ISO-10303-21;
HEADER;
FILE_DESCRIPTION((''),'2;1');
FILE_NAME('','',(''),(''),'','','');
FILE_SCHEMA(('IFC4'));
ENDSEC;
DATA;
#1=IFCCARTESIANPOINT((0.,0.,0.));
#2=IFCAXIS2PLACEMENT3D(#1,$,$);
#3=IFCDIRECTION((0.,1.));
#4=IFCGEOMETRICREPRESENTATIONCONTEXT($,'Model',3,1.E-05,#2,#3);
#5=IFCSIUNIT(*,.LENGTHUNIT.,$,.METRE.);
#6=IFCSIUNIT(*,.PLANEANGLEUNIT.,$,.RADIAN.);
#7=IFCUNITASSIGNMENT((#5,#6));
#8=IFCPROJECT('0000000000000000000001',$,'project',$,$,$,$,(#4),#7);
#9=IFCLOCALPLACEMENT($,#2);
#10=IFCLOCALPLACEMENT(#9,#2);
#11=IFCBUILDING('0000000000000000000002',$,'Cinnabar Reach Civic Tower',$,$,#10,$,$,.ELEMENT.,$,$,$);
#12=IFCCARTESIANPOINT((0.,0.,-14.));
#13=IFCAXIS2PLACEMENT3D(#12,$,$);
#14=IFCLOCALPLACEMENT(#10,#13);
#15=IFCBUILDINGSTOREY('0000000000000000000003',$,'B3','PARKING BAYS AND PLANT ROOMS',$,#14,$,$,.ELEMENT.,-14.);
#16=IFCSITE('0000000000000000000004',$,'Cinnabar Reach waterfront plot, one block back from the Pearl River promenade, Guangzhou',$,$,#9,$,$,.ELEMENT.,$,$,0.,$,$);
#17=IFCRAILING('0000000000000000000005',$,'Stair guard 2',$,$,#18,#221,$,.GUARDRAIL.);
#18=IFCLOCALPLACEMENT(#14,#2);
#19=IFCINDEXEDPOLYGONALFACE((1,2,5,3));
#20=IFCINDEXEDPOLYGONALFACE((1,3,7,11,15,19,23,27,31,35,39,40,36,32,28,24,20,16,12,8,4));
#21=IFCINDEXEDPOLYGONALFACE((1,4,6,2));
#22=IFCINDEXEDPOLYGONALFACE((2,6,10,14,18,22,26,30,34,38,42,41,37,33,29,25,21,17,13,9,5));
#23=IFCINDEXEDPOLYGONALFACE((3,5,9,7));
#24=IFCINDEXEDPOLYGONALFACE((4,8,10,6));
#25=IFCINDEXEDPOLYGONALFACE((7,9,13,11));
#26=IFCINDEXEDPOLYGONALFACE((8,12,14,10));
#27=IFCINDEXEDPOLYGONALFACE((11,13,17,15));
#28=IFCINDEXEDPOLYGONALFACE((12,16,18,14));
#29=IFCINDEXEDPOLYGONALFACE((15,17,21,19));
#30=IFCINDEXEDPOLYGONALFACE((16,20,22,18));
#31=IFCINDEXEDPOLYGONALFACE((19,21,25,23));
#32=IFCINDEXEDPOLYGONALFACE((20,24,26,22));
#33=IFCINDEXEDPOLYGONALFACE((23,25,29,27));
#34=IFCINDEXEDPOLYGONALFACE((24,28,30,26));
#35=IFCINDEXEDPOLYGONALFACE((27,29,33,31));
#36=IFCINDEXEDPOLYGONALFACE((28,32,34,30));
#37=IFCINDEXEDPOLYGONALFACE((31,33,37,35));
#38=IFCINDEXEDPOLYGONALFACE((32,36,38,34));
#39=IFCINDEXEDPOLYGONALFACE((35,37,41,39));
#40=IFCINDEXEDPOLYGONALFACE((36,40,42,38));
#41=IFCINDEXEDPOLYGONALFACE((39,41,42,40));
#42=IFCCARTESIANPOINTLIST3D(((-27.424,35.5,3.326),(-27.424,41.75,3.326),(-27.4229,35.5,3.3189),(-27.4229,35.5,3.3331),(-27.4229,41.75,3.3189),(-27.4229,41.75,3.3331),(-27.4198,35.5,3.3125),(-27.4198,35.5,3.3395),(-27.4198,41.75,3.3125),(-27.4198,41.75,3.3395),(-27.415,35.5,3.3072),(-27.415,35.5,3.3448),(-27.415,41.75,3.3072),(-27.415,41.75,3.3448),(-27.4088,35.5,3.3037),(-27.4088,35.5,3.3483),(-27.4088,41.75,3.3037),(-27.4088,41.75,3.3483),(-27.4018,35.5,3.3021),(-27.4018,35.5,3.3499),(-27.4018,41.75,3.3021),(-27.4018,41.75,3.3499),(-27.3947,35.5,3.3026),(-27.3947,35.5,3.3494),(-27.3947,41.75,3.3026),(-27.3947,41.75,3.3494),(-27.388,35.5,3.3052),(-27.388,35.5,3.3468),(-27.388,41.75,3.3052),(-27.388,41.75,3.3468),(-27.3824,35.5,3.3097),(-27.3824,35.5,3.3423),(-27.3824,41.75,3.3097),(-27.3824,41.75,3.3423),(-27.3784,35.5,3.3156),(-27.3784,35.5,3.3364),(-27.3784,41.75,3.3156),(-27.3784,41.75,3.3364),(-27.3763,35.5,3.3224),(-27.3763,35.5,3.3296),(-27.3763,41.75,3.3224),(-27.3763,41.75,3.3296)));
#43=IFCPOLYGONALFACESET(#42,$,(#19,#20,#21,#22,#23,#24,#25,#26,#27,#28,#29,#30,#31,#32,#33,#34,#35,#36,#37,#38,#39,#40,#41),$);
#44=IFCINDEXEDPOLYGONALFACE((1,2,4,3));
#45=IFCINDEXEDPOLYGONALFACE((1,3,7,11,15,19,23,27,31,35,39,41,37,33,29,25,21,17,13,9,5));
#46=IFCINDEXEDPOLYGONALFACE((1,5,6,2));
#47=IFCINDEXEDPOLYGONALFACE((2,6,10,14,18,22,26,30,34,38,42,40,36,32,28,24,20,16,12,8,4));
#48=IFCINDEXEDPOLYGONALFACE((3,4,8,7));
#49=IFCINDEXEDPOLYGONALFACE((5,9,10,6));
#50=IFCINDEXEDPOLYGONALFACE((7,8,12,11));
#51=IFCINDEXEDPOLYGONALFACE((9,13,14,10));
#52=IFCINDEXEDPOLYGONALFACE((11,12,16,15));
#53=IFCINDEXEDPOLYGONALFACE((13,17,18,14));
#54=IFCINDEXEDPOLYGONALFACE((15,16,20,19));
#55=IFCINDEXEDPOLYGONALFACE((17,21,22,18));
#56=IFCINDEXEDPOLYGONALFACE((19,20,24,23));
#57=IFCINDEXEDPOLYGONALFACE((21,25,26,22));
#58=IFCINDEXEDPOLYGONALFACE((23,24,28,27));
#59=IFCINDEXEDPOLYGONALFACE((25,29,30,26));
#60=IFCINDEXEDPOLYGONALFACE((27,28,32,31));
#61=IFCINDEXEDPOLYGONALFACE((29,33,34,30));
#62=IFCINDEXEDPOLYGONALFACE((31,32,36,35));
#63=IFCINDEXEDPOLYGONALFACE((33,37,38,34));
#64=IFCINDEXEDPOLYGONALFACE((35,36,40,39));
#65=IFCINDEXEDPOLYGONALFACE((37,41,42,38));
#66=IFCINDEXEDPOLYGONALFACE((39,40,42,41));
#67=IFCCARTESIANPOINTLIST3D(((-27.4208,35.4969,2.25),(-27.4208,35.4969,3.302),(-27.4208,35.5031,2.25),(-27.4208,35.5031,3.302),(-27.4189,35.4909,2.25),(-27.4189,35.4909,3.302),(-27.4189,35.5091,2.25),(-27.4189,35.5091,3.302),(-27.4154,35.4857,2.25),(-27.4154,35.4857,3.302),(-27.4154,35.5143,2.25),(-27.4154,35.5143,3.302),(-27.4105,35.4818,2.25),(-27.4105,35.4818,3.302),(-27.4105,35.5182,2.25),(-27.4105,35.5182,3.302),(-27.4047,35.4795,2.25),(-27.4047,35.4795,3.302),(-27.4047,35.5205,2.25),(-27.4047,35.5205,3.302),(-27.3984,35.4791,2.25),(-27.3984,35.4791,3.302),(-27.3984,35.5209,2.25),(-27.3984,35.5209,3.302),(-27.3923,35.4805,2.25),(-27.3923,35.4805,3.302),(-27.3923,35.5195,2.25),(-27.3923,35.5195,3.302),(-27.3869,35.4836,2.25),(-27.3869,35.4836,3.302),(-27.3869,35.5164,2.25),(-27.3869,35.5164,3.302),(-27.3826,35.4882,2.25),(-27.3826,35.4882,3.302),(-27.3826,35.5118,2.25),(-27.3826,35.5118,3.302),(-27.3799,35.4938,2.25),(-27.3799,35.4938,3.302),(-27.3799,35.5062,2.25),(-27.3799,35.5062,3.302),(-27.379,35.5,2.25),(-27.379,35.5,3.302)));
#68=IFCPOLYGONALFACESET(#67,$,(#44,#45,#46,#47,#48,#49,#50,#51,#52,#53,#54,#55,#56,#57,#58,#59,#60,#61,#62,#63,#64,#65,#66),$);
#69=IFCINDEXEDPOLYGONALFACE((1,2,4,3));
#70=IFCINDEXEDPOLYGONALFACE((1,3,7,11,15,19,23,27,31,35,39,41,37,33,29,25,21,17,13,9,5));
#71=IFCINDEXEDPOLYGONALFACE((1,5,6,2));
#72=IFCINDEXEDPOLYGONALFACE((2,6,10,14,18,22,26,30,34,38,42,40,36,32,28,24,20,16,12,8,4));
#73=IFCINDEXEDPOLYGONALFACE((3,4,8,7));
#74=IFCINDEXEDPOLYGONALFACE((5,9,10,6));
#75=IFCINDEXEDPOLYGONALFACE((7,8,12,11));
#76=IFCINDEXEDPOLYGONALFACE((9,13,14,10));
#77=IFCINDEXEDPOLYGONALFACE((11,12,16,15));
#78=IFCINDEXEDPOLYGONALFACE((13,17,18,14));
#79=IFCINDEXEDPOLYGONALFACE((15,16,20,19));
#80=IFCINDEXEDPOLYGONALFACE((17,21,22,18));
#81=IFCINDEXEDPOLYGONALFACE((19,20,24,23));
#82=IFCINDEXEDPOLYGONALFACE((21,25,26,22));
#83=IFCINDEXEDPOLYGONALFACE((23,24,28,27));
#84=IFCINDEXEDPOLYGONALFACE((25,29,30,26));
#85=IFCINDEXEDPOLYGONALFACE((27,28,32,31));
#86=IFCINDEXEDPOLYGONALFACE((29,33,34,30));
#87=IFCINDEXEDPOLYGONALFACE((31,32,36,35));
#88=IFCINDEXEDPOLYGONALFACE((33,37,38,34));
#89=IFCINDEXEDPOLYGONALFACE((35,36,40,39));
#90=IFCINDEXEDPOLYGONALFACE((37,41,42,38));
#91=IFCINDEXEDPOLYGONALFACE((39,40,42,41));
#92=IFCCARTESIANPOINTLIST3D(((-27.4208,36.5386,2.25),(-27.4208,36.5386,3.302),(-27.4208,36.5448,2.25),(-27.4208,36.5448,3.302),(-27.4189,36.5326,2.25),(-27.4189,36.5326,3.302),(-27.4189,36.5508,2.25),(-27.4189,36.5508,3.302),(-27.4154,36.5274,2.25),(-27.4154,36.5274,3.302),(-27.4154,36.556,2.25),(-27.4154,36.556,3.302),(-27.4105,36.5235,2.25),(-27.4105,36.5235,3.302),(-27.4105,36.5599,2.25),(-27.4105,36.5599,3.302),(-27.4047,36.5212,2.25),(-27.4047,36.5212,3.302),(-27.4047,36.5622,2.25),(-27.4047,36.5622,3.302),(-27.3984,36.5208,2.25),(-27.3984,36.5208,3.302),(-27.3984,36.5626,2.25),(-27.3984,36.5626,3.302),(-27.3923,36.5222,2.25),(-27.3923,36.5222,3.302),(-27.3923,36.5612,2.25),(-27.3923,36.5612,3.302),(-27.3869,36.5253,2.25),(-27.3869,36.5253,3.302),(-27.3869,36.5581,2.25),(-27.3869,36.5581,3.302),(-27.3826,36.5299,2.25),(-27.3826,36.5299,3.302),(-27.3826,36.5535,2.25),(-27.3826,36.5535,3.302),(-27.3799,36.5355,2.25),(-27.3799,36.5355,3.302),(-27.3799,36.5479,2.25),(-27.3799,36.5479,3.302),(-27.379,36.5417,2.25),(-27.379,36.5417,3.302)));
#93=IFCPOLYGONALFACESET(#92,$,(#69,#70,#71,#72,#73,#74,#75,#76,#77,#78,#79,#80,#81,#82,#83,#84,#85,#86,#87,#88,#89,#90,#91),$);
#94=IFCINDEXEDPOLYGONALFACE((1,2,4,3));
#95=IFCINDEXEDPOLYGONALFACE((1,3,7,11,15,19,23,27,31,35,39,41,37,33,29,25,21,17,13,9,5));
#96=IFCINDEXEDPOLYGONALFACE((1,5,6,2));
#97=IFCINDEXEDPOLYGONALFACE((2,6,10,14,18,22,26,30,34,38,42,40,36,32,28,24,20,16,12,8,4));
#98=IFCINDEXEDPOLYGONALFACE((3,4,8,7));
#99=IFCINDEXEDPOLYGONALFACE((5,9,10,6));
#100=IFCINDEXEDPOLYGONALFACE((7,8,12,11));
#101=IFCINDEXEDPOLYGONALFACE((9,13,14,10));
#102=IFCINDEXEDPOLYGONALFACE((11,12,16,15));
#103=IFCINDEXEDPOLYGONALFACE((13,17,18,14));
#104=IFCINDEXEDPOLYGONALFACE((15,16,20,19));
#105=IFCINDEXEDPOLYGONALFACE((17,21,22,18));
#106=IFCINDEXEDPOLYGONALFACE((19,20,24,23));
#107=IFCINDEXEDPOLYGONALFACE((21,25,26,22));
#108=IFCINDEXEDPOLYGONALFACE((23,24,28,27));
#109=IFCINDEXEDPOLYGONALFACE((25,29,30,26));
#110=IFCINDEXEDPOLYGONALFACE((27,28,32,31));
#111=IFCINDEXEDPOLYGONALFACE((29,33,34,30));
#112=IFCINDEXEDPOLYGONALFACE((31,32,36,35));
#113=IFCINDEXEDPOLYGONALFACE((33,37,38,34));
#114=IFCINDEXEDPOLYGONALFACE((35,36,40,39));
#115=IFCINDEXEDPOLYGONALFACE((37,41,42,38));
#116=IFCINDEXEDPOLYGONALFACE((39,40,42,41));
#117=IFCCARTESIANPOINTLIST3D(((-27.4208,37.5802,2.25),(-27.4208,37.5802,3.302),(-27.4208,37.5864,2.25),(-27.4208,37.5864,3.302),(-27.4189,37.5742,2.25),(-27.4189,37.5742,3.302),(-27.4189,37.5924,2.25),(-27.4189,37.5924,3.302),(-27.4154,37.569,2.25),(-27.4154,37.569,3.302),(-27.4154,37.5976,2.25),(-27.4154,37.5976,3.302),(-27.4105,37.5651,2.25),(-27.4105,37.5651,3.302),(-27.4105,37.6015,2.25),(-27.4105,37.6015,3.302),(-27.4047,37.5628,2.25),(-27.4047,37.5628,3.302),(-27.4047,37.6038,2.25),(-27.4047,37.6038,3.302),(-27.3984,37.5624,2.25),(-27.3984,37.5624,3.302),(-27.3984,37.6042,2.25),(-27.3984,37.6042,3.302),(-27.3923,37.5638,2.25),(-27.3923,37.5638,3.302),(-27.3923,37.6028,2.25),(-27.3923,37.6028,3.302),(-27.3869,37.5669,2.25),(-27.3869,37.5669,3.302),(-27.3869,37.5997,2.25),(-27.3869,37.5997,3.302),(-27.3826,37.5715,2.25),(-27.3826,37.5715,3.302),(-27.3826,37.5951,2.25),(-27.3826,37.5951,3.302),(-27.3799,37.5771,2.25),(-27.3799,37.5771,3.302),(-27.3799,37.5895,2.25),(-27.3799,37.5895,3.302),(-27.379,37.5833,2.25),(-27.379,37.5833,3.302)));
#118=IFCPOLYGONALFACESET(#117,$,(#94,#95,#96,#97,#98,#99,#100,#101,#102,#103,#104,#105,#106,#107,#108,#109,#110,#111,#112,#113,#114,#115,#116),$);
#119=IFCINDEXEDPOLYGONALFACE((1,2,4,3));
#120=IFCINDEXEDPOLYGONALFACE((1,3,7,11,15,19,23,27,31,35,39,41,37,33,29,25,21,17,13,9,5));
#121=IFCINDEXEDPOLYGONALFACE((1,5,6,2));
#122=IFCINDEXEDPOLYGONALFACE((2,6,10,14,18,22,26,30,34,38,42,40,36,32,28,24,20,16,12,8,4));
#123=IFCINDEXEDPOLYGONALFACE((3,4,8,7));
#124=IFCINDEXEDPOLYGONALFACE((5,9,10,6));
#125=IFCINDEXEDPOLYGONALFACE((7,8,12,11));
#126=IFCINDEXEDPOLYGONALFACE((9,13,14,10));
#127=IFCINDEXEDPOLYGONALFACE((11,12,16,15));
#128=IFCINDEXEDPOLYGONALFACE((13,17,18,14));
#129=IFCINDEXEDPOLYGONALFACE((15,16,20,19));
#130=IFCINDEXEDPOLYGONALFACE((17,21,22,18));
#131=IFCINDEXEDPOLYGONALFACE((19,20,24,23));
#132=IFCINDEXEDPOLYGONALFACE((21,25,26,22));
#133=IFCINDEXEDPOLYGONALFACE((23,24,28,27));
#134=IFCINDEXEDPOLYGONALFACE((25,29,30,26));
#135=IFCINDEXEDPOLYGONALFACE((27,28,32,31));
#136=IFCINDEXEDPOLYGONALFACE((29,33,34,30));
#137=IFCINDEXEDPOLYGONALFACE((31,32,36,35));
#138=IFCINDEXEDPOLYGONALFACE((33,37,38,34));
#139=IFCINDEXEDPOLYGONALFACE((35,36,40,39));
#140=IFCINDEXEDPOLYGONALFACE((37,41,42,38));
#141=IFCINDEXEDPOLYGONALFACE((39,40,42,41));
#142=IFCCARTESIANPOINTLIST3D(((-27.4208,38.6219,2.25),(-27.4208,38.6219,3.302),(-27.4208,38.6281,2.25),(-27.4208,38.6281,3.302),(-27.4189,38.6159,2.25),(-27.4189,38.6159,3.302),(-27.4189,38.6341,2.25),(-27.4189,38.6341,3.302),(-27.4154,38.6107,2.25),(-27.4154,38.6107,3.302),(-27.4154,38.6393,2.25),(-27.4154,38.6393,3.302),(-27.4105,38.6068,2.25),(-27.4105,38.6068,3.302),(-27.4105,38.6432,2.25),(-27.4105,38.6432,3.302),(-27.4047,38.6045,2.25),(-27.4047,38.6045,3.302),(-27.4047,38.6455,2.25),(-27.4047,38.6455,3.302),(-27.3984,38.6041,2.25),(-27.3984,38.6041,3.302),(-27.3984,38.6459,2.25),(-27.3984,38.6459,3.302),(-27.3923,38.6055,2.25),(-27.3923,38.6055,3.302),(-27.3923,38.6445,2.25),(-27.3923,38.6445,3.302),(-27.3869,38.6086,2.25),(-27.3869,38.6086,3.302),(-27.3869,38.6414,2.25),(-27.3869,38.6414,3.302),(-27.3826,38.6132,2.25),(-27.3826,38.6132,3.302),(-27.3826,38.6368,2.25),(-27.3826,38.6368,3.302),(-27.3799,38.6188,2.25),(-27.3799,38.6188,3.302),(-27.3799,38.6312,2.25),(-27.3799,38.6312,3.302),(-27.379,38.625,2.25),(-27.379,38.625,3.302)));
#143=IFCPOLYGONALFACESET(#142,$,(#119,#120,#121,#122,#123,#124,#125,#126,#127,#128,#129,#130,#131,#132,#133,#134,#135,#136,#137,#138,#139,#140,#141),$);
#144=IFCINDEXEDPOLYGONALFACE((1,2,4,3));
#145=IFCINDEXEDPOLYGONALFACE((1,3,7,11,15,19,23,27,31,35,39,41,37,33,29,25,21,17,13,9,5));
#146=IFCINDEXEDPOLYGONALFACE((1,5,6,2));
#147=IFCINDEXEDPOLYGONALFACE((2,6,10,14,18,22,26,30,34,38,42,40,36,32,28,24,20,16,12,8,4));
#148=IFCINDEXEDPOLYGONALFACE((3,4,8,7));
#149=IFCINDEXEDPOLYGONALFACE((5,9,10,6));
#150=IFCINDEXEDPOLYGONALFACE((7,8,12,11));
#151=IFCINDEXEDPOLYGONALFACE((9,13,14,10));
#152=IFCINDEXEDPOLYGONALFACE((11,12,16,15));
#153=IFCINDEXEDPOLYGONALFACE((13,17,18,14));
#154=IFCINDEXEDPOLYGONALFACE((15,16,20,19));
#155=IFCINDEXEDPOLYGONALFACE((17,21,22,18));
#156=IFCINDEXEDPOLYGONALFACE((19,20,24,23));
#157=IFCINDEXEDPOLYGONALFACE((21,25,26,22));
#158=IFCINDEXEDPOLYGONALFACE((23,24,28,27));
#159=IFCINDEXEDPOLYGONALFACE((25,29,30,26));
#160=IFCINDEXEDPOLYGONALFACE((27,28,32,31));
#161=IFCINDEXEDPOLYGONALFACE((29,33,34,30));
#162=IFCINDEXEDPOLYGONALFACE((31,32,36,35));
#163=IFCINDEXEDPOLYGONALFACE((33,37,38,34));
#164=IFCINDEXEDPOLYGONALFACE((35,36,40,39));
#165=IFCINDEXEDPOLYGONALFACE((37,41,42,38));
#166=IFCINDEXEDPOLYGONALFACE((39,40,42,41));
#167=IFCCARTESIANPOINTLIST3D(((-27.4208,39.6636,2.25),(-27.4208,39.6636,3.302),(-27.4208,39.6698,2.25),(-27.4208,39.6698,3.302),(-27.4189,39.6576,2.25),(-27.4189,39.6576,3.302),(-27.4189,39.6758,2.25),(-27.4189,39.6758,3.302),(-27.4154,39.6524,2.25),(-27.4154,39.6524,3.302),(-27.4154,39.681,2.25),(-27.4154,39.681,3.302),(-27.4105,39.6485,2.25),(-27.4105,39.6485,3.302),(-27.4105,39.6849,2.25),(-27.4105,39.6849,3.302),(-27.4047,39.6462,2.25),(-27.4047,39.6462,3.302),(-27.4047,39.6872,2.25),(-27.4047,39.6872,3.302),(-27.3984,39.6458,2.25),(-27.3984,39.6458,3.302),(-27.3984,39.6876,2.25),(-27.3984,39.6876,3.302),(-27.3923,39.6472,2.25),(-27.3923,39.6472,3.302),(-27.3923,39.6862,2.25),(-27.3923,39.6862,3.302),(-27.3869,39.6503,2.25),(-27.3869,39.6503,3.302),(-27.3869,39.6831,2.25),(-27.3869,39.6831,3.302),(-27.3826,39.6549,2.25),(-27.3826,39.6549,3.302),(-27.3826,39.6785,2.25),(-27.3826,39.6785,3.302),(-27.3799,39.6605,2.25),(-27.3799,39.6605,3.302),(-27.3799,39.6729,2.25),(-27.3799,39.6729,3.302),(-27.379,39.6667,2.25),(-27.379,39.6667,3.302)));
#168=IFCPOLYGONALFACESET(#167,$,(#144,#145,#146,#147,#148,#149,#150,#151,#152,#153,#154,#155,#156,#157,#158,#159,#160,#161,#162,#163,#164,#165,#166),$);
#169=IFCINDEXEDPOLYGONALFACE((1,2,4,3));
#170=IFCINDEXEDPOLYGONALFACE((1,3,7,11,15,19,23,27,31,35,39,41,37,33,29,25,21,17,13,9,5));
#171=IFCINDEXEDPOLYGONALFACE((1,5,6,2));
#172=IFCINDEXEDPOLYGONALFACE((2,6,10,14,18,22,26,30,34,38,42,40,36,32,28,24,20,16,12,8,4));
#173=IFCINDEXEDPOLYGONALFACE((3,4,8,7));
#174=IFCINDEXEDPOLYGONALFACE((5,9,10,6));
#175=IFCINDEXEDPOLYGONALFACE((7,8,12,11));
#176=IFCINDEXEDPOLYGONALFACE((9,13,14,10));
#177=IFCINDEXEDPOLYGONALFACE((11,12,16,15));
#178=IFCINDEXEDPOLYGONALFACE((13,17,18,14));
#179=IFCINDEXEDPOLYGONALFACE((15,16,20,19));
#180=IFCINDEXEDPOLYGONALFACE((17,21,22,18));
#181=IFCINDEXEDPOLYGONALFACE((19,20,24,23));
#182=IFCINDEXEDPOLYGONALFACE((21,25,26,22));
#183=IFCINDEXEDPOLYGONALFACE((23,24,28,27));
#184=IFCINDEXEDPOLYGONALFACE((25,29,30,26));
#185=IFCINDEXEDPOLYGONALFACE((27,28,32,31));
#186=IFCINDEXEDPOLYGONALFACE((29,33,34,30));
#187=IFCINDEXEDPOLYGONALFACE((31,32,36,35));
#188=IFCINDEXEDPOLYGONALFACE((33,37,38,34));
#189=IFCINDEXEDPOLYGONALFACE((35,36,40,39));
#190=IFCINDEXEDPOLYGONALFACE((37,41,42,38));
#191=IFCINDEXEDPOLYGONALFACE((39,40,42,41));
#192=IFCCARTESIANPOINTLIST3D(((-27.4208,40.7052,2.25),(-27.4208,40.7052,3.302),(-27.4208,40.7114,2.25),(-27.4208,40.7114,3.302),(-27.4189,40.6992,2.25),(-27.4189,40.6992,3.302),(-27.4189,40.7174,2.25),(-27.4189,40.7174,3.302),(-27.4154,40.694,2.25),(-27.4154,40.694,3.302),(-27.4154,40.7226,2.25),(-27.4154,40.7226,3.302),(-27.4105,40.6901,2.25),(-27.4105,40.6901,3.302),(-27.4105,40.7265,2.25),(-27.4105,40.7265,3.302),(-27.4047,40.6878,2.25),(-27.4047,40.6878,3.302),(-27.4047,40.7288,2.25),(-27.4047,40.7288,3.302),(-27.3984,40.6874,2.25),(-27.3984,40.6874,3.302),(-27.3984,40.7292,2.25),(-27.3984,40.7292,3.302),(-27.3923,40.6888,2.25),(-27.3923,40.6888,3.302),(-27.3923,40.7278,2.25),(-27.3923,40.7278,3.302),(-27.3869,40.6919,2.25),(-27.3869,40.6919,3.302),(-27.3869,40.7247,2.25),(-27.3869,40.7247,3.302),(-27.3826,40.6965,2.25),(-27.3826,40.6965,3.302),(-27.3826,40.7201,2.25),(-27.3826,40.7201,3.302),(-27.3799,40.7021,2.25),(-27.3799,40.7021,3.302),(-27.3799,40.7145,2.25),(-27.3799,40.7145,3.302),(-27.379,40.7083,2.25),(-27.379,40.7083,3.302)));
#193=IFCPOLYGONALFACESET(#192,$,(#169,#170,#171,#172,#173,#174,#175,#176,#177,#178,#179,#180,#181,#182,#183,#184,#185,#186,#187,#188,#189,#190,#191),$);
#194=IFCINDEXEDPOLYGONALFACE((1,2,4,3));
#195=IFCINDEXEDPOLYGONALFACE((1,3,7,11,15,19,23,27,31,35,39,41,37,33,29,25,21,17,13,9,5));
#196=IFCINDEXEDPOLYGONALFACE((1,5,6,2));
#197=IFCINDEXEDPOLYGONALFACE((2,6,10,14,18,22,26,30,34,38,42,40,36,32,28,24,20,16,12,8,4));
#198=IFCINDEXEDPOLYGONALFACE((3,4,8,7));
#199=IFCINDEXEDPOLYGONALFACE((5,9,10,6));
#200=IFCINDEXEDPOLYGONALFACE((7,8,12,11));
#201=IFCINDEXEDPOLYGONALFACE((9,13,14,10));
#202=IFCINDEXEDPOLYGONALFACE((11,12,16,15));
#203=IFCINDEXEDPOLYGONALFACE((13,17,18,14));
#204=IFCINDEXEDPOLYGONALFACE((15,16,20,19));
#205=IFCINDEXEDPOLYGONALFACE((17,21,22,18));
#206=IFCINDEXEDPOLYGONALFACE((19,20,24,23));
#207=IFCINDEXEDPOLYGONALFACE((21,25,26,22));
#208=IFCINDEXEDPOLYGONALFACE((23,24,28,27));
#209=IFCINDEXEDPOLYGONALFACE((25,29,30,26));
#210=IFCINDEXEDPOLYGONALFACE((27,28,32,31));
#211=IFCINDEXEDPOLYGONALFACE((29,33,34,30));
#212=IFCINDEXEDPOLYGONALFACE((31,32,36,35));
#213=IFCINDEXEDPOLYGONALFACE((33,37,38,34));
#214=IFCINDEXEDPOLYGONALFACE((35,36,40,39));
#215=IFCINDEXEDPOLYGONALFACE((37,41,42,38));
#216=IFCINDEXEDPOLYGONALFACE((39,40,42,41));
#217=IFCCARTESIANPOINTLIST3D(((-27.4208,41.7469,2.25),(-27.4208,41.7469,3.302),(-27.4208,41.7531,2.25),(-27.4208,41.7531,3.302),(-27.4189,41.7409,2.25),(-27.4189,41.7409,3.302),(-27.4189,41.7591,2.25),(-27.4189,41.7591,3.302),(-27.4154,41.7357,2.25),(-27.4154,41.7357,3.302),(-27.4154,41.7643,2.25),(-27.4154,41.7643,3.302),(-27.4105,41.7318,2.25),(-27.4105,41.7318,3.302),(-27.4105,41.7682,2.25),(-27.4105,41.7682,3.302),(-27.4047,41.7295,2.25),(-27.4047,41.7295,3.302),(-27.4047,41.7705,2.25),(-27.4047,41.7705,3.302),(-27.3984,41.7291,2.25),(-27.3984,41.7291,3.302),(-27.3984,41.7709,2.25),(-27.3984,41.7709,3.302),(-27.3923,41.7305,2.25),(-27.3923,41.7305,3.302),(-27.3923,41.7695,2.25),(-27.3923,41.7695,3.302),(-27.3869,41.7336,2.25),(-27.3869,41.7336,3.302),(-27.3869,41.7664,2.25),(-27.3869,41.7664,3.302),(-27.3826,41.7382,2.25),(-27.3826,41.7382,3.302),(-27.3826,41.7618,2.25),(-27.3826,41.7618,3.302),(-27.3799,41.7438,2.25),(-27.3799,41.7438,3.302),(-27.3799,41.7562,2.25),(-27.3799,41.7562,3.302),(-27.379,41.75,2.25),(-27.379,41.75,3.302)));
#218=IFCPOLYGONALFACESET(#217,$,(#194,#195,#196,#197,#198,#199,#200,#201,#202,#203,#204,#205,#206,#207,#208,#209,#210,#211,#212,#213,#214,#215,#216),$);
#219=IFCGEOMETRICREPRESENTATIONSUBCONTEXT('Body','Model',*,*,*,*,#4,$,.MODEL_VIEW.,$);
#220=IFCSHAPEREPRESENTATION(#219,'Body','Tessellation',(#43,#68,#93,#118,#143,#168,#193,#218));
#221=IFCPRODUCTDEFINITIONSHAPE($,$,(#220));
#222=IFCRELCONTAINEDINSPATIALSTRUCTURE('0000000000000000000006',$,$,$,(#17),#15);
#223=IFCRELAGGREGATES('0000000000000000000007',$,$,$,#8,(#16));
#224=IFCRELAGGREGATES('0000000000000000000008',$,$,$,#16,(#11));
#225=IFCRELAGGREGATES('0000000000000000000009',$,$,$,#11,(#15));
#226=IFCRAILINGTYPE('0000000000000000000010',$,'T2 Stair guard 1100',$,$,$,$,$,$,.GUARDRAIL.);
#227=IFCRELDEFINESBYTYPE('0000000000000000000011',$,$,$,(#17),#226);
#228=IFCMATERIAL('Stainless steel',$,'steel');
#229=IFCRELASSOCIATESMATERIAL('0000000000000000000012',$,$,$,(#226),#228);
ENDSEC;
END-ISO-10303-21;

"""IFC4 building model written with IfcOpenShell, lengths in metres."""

from ifc_helpers import new_model, si_unit, direction, frame, origin, origin_2d, place, context, subcontext, project, spatial, circle, extrude, material, type_object, element, save


model = new_model("IFC4")

# Units and contexts
model_context = context("Model", 3, precision=1e-05, world=origin(), true_north=direction((0.0, 1.0)))
body_context = subcontext(model_context, "Body", "Model", "MODEL_VIEW")
ifc_project = project(units=[si_unit("LENGTHUNIT", "METRE"), si_unit("PLANEANGLEUNIT", "RADIAN")], contexts=[model_context])

# Site, building, storey
site_placement = place(None, origin())
site = spatial("IfcSite", under=ifc_project, at=site_placement, Name="Cinnabar Reach waterfront plot, one block back from the Pearl River promenade, Guangzhou", CompositionType="ELEMENT", RefElevation=0.0)
building_placement = place(site_placement, origin())
building = spatial("IfcBuilding", under=site, at=building_placement, Name="Cinnabar Reach Civic Tower", CompositionType="ELEMENT")
storey_placement = place(building_placement, frame((0.0, 0.0, -14.0)))
storey = spatial("IfcBuildingStorey", under=building, at=storey_placement, Name="B3", Description="PARKING BAYS AND PLANT ROOMS", CompositionType="ELEMENT", Elevation=-14.0)

# Railing
ifc_material_1 = material(Name="Stainless steel", Category="steel")
railing_type = type_object("IfcRailingType", Name="T2 Stair guard 1100", PredefinedType="GUARDRAIL", material=ifc_material_1)
for number, where, name in (
    (1, (-27.4, 35.5, 2.25), "Stair guard 2"),
):
    element("IfcRailing", number, at=place(storey_placement, frame(where)), inside=storey, type_object=railing_type, Name=name, PredefinedType="GUARDRAIL", context=body_context, shape_type="SweptSolid", body=[
        extrude(circle(Radius=0.024, at=origin_2d()), frame((0.0, 0.0, 1.076), z_axis=(0.0, 1.0, 0.0), x_axis=(-1.0, 0.0, 0.0)), (0.0, 0.0, 1.0), 6.25),
        extrude(circle(Radius=0.021, at=origin_2d()), origin(), (0.0, 0.0, 1.0), 1.052),
        extrude(circle(Radius=0.021, at=origin_2d()), frame((0.0, 1.0417, 0.0)), (0.0, 0.0, 1.0), 1.052),
        extrude(circle(Radius=0.021, at=origin_2d()), frame((0.0, 2.0833, 0.0)), (0.0, 0.0, 1.0), 1.052),
        extrude(circle(Radius=0.021, at=origin_2d()), frame((0.0, 3.125, 0.0)), (0.0, 0.0, 1.0), 1.052),
        extrude(circle(Radius=0.021, at=origin_2d()), frame((0.0, 4.1667, 0.0)), (0.0, 0.0, 1.0), 1.052),
        extrude(circle(Radius=0.021, at=origin_2d()), frame((0.0, 5.2083, 0.0)), (0.0, 0.0, 1.0), 1.052),
        extrude(circle(Radius=0.021, at=origin_2d()), frame((0.0, 6.25, 0.0)), (0.0, 0.0, 1.0), 1.052),
    ])

save(model, "model.ifc")
